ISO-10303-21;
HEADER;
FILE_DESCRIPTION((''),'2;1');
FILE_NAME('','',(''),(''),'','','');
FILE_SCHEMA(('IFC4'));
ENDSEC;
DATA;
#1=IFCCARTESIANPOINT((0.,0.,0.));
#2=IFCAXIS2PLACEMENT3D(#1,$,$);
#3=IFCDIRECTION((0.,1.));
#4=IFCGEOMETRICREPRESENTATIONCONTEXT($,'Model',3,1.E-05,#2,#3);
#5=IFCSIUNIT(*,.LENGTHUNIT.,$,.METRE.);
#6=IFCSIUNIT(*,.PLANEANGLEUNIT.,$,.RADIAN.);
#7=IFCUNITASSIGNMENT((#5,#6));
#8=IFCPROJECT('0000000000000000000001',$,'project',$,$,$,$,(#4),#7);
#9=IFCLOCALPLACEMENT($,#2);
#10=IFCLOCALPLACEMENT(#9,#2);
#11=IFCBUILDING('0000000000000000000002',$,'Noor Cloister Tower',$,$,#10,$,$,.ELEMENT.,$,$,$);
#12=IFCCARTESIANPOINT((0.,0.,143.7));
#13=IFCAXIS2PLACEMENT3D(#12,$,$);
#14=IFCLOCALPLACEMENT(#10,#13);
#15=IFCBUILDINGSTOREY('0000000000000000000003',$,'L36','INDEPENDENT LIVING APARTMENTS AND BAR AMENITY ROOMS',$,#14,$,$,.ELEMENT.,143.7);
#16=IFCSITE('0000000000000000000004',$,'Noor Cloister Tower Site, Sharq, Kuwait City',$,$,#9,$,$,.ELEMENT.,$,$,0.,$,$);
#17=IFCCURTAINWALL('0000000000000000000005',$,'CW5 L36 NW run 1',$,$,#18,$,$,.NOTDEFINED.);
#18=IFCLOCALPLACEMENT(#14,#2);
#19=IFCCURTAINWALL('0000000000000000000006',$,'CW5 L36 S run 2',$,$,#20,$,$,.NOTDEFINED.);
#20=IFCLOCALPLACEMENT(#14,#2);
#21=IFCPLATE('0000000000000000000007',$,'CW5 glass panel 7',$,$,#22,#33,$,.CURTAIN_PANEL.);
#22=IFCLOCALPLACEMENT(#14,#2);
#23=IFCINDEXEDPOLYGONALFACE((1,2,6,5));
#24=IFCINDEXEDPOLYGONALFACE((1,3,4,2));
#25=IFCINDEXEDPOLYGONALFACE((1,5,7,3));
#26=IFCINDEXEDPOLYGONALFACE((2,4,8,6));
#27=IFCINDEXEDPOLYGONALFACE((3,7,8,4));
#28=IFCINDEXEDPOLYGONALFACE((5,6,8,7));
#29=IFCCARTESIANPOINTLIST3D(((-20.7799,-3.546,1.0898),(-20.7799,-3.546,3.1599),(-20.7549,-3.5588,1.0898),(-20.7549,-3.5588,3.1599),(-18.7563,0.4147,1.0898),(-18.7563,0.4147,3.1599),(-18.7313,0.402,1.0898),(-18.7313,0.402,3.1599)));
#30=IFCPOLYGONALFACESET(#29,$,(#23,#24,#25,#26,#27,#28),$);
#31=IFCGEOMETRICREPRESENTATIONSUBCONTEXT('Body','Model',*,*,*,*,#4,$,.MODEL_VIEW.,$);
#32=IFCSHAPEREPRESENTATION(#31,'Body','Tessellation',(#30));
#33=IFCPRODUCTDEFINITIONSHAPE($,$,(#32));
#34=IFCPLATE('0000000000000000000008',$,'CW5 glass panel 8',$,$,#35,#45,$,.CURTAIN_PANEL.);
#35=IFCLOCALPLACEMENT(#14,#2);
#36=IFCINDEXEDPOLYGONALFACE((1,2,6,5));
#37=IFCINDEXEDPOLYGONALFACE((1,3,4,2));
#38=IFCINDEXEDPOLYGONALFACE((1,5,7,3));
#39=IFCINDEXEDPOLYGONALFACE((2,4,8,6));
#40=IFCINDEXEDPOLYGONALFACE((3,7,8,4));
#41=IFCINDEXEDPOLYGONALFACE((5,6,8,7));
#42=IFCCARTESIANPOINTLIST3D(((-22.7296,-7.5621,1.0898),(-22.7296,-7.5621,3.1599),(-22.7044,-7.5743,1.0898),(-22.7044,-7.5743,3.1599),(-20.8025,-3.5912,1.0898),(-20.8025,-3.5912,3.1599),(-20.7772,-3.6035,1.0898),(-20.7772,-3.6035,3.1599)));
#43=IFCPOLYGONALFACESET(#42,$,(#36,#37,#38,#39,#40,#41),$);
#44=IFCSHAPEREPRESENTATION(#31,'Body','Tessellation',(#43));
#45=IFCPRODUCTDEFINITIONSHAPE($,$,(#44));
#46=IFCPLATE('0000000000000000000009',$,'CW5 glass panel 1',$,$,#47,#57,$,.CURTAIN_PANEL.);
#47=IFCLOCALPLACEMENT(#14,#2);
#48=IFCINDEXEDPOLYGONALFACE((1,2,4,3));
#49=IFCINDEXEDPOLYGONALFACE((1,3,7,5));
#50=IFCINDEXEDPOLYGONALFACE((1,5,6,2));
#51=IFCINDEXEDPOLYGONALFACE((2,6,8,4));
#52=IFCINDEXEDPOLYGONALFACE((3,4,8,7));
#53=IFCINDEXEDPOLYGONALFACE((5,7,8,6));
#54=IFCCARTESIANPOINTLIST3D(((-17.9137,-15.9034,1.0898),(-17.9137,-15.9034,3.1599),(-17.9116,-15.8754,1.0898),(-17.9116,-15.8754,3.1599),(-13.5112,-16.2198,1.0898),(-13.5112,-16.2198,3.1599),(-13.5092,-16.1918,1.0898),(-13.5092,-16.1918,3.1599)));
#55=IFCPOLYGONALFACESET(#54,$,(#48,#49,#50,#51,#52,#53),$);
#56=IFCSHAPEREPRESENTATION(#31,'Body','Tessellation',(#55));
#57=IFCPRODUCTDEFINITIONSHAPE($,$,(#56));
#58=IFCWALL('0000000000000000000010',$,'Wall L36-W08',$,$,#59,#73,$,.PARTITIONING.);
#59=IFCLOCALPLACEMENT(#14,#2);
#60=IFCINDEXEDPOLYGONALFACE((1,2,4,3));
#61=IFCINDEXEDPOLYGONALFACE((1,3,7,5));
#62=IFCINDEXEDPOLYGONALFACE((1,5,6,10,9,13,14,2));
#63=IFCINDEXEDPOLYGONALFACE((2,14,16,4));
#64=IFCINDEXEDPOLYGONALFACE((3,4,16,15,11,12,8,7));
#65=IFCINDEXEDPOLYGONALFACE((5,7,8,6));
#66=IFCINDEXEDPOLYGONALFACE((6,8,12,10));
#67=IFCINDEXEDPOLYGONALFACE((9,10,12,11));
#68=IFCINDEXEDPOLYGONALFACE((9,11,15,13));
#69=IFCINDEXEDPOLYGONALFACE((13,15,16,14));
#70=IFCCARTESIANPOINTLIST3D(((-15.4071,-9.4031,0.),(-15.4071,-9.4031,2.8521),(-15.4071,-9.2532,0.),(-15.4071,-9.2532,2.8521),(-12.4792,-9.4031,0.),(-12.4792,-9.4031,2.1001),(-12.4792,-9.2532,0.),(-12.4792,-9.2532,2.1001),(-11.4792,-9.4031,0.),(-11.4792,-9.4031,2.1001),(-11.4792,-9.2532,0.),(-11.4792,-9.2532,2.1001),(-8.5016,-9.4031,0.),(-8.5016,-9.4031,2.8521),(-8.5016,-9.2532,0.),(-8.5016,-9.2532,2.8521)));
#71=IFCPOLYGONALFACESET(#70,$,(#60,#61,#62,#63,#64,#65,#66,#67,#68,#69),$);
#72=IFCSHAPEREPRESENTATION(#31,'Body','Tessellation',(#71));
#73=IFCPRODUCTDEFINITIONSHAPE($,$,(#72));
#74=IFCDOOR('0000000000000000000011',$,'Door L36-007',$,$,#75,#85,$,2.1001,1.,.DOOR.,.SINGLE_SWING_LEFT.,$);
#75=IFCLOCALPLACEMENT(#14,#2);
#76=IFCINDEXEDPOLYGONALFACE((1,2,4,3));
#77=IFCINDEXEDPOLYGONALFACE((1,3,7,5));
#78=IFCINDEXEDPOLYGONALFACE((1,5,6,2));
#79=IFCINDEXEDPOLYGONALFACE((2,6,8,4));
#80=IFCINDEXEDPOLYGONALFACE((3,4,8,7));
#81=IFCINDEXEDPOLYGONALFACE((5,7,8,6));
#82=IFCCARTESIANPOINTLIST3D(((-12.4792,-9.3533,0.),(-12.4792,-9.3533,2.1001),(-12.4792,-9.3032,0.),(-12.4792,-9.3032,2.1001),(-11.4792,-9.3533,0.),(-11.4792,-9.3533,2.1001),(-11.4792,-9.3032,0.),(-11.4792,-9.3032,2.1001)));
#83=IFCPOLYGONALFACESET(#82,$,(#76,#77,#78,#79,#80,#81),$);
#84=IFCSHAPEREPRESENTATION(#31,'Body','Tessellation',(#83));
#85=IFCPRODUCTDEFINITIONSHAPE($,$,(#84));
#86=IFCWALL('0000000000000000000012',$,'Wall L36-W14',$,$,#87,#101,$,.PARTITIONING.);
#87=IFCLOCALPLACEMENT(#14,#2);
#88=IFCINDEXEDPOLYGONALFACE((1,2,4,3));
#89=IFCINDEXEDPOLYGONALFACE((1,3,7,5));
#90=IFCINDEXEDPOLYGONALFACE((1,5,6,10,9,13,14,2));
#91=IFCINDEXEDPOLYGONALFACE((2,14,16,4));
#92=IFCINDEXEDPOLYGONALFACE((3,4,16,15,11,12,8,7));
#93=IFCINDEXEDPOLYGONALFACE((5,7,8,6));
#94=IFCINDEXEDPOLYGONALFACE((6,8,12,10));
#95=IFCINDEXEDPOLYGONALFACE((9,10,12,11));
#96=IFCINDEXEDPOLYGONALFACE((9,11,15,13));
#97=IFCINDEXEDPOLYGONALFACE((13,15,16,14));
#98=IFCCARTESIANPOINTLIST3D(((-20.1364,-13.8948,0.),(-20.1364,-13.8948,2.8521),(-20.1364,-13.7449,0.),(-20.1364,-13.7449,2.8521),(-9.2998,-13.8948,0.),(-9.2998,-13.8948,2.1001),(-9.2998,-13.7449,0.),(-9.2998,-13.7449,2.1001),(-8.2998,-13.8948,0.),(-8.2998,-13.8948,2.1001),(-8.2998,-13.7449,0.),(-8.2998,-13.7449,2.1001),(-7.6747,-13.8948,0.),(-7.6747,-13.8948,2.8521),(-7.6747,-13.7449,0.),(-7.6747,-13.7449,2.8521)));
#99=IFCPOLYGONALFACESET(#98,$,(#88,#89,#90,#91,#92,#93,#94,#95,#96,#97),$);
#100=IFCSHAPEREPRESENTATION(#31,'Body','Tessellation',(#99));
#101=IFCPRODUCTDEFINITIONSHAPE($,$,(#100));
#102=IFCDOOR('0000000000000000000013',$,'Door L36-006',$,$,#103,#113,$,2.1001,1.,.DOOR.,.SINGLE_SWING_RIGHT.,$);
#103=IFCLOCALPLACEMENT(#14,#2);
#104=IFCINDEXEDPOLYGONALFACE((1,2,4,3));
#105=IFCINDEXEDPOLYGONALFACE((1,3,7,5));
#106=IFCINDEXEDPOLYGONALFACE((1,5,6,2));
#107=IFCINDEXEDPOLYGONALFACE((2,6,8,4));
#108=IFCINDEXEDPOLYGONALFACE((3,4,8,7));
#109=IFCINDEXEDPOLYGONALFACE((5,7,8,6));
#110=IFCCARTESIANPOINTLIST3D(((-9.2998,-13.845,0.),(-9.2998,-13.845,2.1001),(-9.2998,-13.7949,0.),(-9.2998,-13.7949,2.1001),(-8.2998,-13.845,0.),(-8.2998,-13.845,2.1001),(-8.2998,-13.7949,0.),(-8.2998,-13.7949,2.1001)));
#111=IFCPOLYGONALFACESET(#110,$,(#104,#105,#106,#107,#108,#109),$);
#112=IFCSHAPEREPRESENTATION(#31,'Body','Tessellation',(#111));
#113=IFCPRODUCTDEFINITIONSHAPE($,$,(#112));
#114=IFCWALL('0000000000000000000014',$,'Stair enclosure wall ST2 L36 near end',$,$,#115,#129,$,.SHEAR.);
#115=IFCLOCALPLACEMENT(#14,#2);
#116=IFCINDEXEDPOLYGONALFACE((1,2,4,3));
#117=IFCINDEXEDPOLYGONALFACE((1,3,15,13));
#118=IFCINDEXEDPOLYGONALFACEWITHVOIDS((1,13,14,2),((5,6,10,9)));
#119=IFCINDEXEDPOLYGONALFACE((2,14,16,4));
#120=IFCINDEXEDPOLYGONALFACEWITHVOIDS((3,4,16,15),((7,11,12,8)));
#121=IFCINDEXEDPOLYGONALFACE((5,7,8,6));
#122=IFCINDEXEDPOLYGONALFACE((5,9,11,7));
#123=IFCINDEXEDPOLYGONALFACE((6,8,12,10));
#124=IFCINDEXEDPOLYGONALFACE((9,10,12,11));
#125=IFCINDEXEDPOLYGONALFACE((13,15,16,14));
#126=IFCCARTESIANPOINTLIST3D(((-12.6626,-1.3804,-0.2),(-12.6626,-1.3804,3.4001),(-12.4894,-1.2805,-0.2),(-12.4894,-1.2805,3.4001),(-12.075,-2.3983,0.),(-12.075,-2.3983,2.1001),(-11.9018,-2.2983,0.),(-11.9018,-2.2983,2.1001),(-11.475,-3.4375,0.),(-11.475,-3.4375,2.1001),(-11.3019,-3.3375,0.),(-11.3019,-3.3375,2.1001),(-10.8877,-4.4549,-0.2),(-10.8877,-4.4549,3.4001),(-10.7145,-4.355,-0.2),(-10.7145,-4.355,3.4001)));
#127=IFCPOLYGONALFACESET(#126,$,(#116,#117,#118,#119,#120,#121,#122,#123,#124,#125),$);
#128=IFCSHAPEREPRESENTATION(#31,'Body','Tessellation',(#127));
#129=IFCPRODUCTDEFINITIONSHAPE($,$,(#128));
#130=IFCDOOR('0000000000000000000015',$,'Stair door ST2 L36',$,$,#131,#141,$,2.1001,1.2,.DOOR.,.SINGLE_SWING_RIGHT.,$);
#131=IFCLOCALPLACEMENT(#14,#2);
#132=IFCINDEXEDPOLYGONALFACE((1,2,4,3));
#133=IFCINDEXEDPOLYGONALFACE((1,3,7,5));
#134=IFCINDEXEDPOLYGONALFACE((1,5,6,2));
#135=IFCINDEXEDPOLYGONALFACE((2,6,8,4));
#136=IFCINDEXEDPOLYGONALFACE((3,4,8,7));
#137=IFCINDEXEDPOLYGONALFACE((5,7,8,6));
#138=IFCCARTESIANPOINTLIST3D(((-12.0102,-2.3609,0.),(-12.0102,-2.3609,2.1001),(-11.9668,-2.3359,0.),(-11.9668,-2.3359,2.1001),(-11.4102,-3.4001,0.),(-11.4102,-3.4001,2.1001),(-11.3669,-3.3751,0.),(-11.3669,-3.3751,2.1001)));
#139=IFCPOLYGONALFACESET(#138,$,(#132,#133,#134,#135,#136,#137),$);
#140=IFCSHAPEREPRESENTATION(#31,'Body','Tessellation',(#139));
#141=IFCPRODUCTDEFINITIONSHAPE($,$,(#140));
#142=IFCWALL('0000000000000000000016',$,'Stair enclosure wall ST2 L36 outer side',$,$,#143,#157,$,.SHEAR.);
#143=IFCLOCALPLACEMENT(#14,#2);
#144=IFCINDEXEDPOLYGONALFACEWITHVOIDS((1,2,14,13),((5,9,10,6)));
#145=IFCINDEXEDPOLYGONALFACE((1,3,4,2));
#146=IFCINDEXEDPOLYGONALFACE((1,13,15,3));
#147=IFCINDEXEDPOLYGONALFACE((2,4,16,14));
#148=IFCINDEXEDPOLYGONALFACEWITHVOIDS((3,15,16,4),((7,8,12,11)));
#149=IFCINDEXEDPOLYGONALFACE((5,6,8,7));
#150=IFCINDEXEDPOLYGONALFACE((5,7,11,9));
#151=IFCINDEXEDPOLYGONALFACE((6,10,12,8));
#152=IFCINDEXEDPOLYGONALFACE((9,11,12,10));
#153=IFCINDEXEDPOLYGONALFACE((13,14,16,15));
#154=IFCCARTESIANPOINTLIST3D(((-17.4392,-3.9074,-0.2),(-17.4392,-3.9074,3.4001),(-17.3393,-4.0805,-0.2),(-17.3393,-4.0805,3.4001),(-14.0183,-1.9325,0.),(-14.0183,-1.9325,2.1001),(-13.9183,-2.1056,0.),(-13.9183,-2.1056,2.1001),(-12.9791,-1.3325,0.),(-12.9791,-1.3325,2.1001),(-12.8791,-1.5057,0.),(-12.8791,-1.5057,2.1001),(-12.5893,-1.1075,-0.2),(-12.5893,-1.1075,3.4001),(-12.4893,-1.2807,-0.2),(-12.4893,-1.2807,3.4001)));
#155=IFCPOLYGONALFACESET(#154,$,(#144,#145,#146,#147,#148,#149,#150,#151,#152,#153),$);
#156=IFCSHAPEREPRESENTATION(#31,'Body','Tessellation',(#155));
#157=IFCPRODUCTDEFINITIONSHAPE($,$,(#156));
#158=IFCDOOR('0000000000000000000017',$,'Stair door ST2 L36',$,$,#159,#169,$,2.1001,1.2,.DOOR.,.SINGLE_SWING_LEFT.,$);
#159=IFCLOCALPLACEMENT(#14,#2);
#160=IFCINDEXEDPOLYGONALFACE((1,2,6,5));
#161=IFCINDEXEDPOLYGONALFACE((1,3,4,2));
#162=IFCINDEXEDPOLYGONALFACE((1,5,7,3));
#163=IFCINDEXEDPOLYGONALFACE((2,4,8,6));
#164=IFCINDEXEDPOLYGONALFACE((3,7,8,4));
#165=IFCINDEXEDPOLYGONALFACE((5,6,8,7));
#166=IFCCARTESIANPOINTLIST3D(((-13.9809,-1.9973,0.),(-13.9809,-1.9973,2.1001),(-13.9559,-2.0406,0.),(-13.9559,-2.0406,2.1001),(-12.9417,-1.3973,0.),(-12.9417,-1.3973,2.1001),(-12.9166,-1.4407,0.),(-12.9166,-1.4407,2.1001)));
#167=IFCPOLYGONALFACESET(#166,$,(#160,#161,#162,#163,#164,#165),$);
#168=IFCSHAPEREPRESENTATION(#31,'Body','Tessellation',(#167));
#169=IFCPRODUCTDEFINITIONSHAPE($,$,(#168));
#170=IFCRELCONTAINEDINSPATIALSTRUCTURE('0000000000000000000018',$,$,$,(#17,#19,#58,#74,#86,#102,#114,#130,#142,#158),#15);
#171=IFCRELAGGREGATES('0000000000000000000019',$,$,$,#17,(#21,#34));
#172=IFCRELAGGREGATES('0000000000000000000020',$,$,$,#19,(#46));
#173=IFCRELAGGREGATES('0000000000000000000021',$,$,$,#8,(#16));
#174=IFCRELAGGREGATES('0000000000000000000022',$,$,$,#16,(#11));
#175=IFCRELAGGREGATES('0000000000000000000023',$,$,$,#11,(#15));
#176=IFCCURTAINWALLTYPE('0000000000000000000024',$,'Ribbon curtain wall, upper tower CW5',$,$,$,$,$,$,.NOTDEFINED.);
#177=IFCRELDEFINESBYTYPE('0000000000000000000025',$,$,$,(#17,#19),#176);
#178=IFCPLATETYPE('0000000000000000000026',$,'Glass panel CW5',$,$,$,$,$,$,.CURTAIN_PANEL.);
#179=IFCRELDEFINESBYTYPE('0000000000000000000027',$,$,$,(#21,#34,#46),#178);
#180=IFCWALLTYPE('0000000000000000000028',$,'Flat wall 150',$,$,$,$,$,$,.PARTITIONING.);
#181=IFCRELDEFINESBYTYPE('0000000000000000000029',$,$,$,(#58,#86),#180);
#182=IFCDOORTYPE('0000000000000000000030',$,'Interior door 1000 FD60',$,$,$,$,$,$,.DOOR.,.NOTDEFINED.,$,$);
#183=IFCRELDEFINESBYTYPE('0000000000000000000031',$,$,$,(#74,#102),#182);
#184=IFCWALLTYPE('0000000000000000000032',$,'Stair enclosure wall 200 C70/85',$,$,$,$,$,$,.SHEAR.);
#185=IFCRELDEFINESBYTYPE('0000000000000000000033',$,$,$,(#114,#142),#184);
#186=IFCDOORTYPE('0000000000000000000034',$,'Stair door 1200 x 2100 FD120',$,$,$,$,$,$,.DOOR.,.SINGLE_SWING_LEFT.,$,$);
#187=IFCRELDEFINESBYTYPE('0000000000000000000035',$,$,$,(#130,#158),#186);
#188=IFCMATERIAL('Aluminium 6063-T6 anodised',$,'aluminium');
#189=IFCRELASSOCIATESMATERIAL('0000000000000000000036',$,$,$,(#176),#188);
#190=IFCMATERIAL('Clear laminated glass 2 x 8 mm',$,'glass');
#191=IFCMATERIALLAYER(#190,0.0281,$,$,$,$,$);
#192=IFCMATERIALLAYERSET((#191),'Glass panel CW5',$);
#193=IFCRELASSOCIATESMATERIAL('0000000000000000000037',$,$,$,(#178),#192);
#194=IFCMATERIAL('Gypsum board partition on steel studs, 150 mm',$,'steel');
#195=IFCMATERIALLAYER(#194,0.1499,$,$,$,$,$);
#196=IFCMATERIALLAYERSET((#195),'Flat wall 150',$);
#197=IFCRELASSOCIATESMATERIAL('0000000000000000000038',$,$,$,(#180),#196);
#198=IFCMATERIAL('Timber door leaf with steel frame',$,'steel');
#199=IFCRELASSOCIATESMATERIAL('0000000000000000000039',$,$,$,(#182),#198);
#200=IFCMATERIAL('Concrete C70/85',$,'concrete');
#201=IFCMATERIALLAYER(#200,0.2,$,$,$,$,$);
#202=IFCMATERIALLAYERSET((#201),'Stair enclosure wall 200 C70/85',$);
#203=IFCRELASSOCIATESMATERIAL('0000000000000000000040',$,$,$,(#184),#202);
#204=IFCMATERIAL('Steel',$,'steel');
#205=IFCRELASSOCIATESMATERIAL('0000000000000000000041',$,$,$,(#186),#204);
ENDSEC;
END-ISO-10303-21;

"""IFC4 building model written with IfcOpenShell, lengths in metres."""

from ifc_helpers import new_model, si_unit, direction, frame, frame_2d, origin, origin_2d, place, context, subcontext, project, spatial, rectangle, extrude, material, layer, layer_set, type_object, element, fill, aggregate, save


model = new_model("IFC4")

# Units and contexts
model_context = context("Model", 3, precision=1e-05, world=origin(), true_north=direction((0.0, 1.0)))
body_context = subcontext(model_context, "Body", "Model", "MODEL_VIEW")
ifc_project = project(units=[si_unit("LENGTHUNIT", "METRE"), si_unit("PLANEANGLEUNIT", "RADIAN")], contexts=[model_context])

# Site, building, storey
site_placement = place(None, origin())
site = spatial("IfcSite", under=ifc_project, at=site_placement, Name="Noor Cloister Tower Site, Sharq, Kuwait City", CompositionType="ELEMENT", RefElevation=0.0)
building_placement = place(site_placement, origin())
building = spatial("IfcBuilding", under=site, at=building_placement, Name="Noor Cloister Tower", CompositionType="ELEMENT")
storey_placement = place(building_placement, frame((0.0, 0.0, 143.7)))
storey = spatial("IfcBuildingStorey", under=building, at=storey_placement, Name="L36", Description="INDEPENDENT LIVING APARTMENTS AND BAR AMENITY ROOMS", CompositionType="ELEMENT", Elevation=143.7)

# Curtain walls
ifc_material_1 = material(Name="Aluminium 6063-T6 anodised", Category="aluminium")
curtain_wall_type = type_object("IfcCurtainWallType", Name="Ribbon curtain wall, upper tower CW5", PredefinedType="NOTDEFINED", material=ifc_material_1)
curtain_wall_1_placement = place(storey_placement, origin())
curtain_wall_1 = element("IfcCurtainWall", 1, at=curtain_wall_1_placement, inside=storey, type_object=curtain_wall_type, Name="CW5 L36 NW run 1", PredefinedType="NOTDEFINED")
curtain_wall_2_placement = place(storey_placement, origin())
curtain_wall_2 = element("IfcCurtainWall", 2, at=curtain_wall_2_placement, inside=storey, type_object=curtain_wall_type, Name="CW5 L36 S run 2", PredefinedType="NOTDEFINED")

# Plates
ifc_material_2 = material(Name="Clear laminated glass 2 x 8 mm", Category="glass")
ifc_layer_1 = layer(ifc_material_2, 0.0281)
ifc_layer_set_1 = layer_set([ifc_layer_1], Name="Glass panel CW5")
plate_type = type_object("IfcPlateType", Name="Glass panel CW5", PredefinedType="CURTAIN_PANEL", material=ifc_layer_set_1)
plate_1_placement = place(storey_placement, frame((-19.7556, -1.572, 1.0898), z_axis=(0.0, 0.0, 1.0), x_axis=(-0.454972, -0.890506, 0.0)))
plate_1 = element("IfcPlate", 3, at=plate_1_placement, type_object=plate_type, Name="CW5 glass panel 7", PredefinedType="CURTAIN_PANEL", context=body_context, shape_type="SweptSolid", body=[
    extrude(rectangle(XDim=4.4478, YDim=0.0281, at=origin_2d()), origin(), (0.0, 0.0, 1.0), 2.0701),
])
plate_2_placement = place(storey_placement, frame((-21.7534, -5.5828, 1.0898), z_axis=(0.0, 0.0, 1.0), x_axis=(-0.436619, -0.899647, 0.0)))
plate_2 = element("IfcPlate", 4, at=plate_2_placement, type_object=plate_type, Name="CW5 glass panel 8", PredefinedType="CURTAIN_PANEL", context=body_context, shape_type="SweptSolid", body=[
    extrude(rectangle(XDim=4.4138, YDim=0.0281, at=origin_2d()), origin(), (0.0, 0.0, 1.0), 2.0701),
])
aggregate(curtain_wall_1, [plate_1, plate_2])
plate_3_placement = place(storey_placement, frame((-15.7114, -16.0476, 1.0898), z_axis=(0.0, 0.0, 1.0), x_axis=(0.997426, -0.0717, 0.0)))
plate_3 = element("IfcPlate", 5, at=plate_3_placement, type_object=plate_type, Name="CW5 glass panel 1", PredefinedType="CURTAIN_PANEL", context=body_context, shape_type="SweptSolid", body=[
    extrude(rectangle(XDim=4.4138, YDim=0.0281, at=origin_2d()), origin(), (0.0, 0.0, 1.0), 2.0701),
])
aggregate(curtain_wall_2, [plate_3])

# Walls, openings, doors
ifc_material_3 = material(Name="Gypsum board partition on steel studs, 150 mm", Category="steel")
ifc_layer_2 = layer(ifc_material_3, 0.1499)
ifc_layer_set_2 = layer_set([ifc_layer_2], Name="Flat wall 150")
wall_type_1 = type_object("IfcWallType", Name="Flat wall 150", PredefinedType="PARTITIONING", material=ifc_layer_set_2)
wall_1_placement = place(storey_placement, frame((-15.407, -9.3281, 0.0), z_axis=(0.0, 0.0, 1.0), x_axis=(1.0, 0.0, 0.0)))
wall_1 = element("IfcWall", 6, at=wall_1_placement, inside=storey, type_object=wall_type_1, Name="Wall L36-W08", PredefinedType="PARTITIONING", context=body_context, shape_type="SweptSolid", body=[
    extrude(rectangle(XDim=6.9055, YDim=0.1499, at=frame_2d((3.4526, 0.0))), origin(), (0.0, 0.0, 1.0), 2.8521),
])
opening_1_placement = place(wall_1_placement, frame((2.9277, 0.0, 0.0)))
opening_1 = element("IfcOpeningElement", 7, at=opening_1_placement, cuts=wall_1, PredefinedType="OPENING", context=body_context, shape_type="SweptSolid", body=[
    extrude(rectangle(XDim=1.0, YDim=2.1001, at=frame_2d((0.5, 1.05))), frame((0.0, 0.085, 0.0), z_axis=(0.0, -1.0, 0.0), x_axis=(1.0, 0.0, 0.0)), (0.0, 0.0, 1.0), 0.1699),
])
ifc_material_4 = material(Name="Timber door leaf with steel frame", Category="steel")
door_type_1 = type_object("IfcDoorType", Name="Interior door 1000 FD60", OperationType="NOTDEFINED", PredefinedType="DOOR", material=ifc_material_4)
door_1_placement = place(opening_1_placement, origin())
door_1 = element("IfcDoor", 8, at=door_1_placement, inside=storey, type_object=door_type_1, Name="Door L36-007", OperationType="SINGLE_SWING_LEFT", OverallHeight=2.1001, OverallWidth=1.0, PredefinedType="DOOR", context=body_context, shape_type="SweptSolid", body=[
    extrude(rectangle(XDim=1.0, YDim=2.1001, at=frame_2d((0.5, 1.05))), frame((0.0, 0.0249, 0.0), z_axis=(0.0, -1.0, 0.0), x_axis=(1.0, 0.0, 0.0)), (0.0, 0.0, 1.0), 0.05),
])
fill(opening_1, door_1)
wall_2_placement = place(storey_placement, frame((-20.1365, -13.8198, 0.0), z_axis=(0.0, 0.0, 1.0), x_axis=(1.0, 0.0, 0.0)))
wall_2 = element("IfcWall", 9, at=wall_2_placement, inside=storey, type_object=wall_type_1, Name="Wall L36-W14", PredefinedType="PARTITIONING", context=body_context, shape_type="SweptSolid", body=[
    extrude(rectangle(XDim=12.4617, YDim=0.1499, at=frame_2d((6.231, 0.0))), origin(), (0.0, 0.0, 1.0), 2.8521),
])
opening_2_placement = place(wall_2_placement, frame((10.8367, 0.0, 0.0)))
opening_2 = element("IfcOpeningElement", 10, at=opening_2_placement, cuts=wall_2, PredefinedType="OPENING", context=body_context, shape_type="SweptSolid", body=[
    extrude(rectangle(XDim=1.0, YDim=2.1001, at=frame_2d((0.5, 1.05))), frame((0.0, 0.085, 0.0), z_axis=(0.0, -1.0, 0.0), x_axis=(1.0, 0.0, 0.0)), (0.0, 0.0, 1.0), 0.1699),
])
door_2_placement = place(opening_2_placement, origin())
door_2 = element("IfcDoor", 11, at=door_2_placement, inside=storey, type_object=door_type_1, Name="Door L36-006", OperationType="SINGLE_SWING_RIGHT", OverallHeight=2.1001, OverallWidth=1.0, PredefinedType="DOOR", context=body_context, shape_type="SweptSolid", body=[
    extrude(rectangle(XDim=1.0, YDim=2.1001, at=frame_2d((0.5, 1.05))), frame((0.0, 0.0249, 0.0), z_axis=(0.0, -1.0, 0.0), x_axis=(1.0, 0.0, 0.0)), (0.0, 0.0, 1.0), 0.05),
])
fill(opening_2, door_2)
ifc_material_5 = material(Name="Concrete C70/85", Category="concrete")
ifc_layer_3 = layer(ifc_material_5, 0.2)
ifc_layer_set_3 = layer_set([ifc_layer_3], Name="Stair enclosure wall 200 C70/85")
wall_type_2 = type_object("IfcWallType", Name="Stair enclosure wall 200 C70/85", PredefinedType="SHEAR", material=ifc_layer_set_3)
wall_3_placement = place(storey_placement, frame((-12.5759, -1.3306, -0.2), z_axis=(0.0, 0.0, 1.0), x_axis=(0.49997, -0.866042, 0.0)))
wall_3 = element("IfcWall", 12, at=wall_3_placement, inside=storey, type_object=wall_type_2, Name="Stair enclosure wall ST2 L36 near end", PredefinedType="SHEAR", context=body_context, shape_type="SweptSolid", body=[
    extrude(rectangle(XDim=3.55, YDim=0.2, at=frame_2d((1.7749, 0.0))), origin(), (0.0, 0.0, 1.0), 3.6001),
])
opening_3_placement = place(wall_3_placement, frame((1.175, 0.0, 0.2)))
opening_3 = element("IfcOpeningElement", 13, at=opening_3_placement, cuts=wall_3, PredefinedType="OPENING", context=body_context, shape_type="SweptSolid", body=[
    extrude(rectangle(XDim=1.2, YDim=2.1001, at=frame_2d((0.6001, 1.05))), frame((0.0, 0.1099, 0.0), z_axis=(0.0, -1.0, 0.0), x_axis=(1.0, 0.0, 0.0)), (0.0, 0.0, 1.0), 0.22),
])
ifc_material_6 = material(Name="Steel", Category="steel")
door_type_2 = type_object("IfcDoorType", Name="Stair door 1200 x 2100 FD120", OperationType="SINGLE_SWING_LEFT", PredefinedType="DOOR", material=ifc_material_6)
door_3_placement = place(opening_3_placement, origin())
door_3 = element("IfcDoor", 14, at=door_3_placement, inside=storey, type_object=door_type_2, Name="Stair door ST2 L36", OperationType="SINGLE_SWING_RIGHT", OverallHeight=2.1001, OverallWidth=1.2, PredefinedType="DOOR", context=body_context, shape_type="SweptSolid", body=[
    extrude(rectangle(XDim=1.2, YDim=2.1001, at=frame_2d((0.6001, 1.05))), frame((0.0, 0.0249, 0.0), z_axis=(0.0, -1.0, 0.0), x_axis=(1.0, 0.0, 0.0)), (0.0, 0.0, 1.0), 0.05),
])
fill(opening_3, door_3)
wall_4_placement = place(storey_placement, frame((-12.5393, -1.1941, -0.2), z_axis=(0.0, 0.0, 1.0), x_axis=(-0.866045, -0.499965, 0.0)))
wall_4 = element("IfcWall", 15, at=wall_4_placement, inside=storey, type_object=wall_type_2, Name="Stair enclosure wall ST2 L36 outer side", PredefinedType="SHEAR", context=body_context, shape_type="SweptSolid", body=[
    extrude(rectangle(XDim=5.6001, YDim=0.2, at=frame_2d((2.8, 0.0))), origin(), (0.0, 0.0, 1.0), 3.6001),
])
opening_4_placement = place(wall_4_placement, frame((0.45, 0.0, 0.2)))
opening_4 = element("IfcOpeningElement", 16, at=opening_4_placement, cuts=wall_4, PredefinedType="OPENING", context=body_context, shape_type="SweptSolid", body=[
    extrude(rectangle(XDim=1.2, YDim=2.1001, at=frame_2d((0.6001, 1.05))), frame((0.0, 0.1099, 0.0), z_axis=(0.0, -1.0, 0.0), x_axis=(1.0, 0.0, 0.0)), (0.0, 0.0, 1.0), 0.22),
])
door_4_placement = place(opening_4_placement, origin())
door_4 = element("IfcDoor", 17, at=door_4_placement, inside=storey, type_object=door_type_2, Name="Stair door ST2 L36", OperationType="SINGLE_SWING_LEFT", OverallHeight=2.1001, OverallWidth=1.2, PredefinedType="DOOR", context=body_context, shape_type="SweptSolid", body=[
    extrude(rectangle(XDim=1.2, YDim=2.1001, at=frame_2d((0.6001, 1.05))), frame((0.0, 0.0249, 0.0), z_axis=(0.0, -1.0, 0.0), x_axis=(1.0, 0.0, 0.0)), (0.0, 0.0, 1.0), 0.05),
])
fill(opening_4, door_4)

save(model, "model.ifc")
